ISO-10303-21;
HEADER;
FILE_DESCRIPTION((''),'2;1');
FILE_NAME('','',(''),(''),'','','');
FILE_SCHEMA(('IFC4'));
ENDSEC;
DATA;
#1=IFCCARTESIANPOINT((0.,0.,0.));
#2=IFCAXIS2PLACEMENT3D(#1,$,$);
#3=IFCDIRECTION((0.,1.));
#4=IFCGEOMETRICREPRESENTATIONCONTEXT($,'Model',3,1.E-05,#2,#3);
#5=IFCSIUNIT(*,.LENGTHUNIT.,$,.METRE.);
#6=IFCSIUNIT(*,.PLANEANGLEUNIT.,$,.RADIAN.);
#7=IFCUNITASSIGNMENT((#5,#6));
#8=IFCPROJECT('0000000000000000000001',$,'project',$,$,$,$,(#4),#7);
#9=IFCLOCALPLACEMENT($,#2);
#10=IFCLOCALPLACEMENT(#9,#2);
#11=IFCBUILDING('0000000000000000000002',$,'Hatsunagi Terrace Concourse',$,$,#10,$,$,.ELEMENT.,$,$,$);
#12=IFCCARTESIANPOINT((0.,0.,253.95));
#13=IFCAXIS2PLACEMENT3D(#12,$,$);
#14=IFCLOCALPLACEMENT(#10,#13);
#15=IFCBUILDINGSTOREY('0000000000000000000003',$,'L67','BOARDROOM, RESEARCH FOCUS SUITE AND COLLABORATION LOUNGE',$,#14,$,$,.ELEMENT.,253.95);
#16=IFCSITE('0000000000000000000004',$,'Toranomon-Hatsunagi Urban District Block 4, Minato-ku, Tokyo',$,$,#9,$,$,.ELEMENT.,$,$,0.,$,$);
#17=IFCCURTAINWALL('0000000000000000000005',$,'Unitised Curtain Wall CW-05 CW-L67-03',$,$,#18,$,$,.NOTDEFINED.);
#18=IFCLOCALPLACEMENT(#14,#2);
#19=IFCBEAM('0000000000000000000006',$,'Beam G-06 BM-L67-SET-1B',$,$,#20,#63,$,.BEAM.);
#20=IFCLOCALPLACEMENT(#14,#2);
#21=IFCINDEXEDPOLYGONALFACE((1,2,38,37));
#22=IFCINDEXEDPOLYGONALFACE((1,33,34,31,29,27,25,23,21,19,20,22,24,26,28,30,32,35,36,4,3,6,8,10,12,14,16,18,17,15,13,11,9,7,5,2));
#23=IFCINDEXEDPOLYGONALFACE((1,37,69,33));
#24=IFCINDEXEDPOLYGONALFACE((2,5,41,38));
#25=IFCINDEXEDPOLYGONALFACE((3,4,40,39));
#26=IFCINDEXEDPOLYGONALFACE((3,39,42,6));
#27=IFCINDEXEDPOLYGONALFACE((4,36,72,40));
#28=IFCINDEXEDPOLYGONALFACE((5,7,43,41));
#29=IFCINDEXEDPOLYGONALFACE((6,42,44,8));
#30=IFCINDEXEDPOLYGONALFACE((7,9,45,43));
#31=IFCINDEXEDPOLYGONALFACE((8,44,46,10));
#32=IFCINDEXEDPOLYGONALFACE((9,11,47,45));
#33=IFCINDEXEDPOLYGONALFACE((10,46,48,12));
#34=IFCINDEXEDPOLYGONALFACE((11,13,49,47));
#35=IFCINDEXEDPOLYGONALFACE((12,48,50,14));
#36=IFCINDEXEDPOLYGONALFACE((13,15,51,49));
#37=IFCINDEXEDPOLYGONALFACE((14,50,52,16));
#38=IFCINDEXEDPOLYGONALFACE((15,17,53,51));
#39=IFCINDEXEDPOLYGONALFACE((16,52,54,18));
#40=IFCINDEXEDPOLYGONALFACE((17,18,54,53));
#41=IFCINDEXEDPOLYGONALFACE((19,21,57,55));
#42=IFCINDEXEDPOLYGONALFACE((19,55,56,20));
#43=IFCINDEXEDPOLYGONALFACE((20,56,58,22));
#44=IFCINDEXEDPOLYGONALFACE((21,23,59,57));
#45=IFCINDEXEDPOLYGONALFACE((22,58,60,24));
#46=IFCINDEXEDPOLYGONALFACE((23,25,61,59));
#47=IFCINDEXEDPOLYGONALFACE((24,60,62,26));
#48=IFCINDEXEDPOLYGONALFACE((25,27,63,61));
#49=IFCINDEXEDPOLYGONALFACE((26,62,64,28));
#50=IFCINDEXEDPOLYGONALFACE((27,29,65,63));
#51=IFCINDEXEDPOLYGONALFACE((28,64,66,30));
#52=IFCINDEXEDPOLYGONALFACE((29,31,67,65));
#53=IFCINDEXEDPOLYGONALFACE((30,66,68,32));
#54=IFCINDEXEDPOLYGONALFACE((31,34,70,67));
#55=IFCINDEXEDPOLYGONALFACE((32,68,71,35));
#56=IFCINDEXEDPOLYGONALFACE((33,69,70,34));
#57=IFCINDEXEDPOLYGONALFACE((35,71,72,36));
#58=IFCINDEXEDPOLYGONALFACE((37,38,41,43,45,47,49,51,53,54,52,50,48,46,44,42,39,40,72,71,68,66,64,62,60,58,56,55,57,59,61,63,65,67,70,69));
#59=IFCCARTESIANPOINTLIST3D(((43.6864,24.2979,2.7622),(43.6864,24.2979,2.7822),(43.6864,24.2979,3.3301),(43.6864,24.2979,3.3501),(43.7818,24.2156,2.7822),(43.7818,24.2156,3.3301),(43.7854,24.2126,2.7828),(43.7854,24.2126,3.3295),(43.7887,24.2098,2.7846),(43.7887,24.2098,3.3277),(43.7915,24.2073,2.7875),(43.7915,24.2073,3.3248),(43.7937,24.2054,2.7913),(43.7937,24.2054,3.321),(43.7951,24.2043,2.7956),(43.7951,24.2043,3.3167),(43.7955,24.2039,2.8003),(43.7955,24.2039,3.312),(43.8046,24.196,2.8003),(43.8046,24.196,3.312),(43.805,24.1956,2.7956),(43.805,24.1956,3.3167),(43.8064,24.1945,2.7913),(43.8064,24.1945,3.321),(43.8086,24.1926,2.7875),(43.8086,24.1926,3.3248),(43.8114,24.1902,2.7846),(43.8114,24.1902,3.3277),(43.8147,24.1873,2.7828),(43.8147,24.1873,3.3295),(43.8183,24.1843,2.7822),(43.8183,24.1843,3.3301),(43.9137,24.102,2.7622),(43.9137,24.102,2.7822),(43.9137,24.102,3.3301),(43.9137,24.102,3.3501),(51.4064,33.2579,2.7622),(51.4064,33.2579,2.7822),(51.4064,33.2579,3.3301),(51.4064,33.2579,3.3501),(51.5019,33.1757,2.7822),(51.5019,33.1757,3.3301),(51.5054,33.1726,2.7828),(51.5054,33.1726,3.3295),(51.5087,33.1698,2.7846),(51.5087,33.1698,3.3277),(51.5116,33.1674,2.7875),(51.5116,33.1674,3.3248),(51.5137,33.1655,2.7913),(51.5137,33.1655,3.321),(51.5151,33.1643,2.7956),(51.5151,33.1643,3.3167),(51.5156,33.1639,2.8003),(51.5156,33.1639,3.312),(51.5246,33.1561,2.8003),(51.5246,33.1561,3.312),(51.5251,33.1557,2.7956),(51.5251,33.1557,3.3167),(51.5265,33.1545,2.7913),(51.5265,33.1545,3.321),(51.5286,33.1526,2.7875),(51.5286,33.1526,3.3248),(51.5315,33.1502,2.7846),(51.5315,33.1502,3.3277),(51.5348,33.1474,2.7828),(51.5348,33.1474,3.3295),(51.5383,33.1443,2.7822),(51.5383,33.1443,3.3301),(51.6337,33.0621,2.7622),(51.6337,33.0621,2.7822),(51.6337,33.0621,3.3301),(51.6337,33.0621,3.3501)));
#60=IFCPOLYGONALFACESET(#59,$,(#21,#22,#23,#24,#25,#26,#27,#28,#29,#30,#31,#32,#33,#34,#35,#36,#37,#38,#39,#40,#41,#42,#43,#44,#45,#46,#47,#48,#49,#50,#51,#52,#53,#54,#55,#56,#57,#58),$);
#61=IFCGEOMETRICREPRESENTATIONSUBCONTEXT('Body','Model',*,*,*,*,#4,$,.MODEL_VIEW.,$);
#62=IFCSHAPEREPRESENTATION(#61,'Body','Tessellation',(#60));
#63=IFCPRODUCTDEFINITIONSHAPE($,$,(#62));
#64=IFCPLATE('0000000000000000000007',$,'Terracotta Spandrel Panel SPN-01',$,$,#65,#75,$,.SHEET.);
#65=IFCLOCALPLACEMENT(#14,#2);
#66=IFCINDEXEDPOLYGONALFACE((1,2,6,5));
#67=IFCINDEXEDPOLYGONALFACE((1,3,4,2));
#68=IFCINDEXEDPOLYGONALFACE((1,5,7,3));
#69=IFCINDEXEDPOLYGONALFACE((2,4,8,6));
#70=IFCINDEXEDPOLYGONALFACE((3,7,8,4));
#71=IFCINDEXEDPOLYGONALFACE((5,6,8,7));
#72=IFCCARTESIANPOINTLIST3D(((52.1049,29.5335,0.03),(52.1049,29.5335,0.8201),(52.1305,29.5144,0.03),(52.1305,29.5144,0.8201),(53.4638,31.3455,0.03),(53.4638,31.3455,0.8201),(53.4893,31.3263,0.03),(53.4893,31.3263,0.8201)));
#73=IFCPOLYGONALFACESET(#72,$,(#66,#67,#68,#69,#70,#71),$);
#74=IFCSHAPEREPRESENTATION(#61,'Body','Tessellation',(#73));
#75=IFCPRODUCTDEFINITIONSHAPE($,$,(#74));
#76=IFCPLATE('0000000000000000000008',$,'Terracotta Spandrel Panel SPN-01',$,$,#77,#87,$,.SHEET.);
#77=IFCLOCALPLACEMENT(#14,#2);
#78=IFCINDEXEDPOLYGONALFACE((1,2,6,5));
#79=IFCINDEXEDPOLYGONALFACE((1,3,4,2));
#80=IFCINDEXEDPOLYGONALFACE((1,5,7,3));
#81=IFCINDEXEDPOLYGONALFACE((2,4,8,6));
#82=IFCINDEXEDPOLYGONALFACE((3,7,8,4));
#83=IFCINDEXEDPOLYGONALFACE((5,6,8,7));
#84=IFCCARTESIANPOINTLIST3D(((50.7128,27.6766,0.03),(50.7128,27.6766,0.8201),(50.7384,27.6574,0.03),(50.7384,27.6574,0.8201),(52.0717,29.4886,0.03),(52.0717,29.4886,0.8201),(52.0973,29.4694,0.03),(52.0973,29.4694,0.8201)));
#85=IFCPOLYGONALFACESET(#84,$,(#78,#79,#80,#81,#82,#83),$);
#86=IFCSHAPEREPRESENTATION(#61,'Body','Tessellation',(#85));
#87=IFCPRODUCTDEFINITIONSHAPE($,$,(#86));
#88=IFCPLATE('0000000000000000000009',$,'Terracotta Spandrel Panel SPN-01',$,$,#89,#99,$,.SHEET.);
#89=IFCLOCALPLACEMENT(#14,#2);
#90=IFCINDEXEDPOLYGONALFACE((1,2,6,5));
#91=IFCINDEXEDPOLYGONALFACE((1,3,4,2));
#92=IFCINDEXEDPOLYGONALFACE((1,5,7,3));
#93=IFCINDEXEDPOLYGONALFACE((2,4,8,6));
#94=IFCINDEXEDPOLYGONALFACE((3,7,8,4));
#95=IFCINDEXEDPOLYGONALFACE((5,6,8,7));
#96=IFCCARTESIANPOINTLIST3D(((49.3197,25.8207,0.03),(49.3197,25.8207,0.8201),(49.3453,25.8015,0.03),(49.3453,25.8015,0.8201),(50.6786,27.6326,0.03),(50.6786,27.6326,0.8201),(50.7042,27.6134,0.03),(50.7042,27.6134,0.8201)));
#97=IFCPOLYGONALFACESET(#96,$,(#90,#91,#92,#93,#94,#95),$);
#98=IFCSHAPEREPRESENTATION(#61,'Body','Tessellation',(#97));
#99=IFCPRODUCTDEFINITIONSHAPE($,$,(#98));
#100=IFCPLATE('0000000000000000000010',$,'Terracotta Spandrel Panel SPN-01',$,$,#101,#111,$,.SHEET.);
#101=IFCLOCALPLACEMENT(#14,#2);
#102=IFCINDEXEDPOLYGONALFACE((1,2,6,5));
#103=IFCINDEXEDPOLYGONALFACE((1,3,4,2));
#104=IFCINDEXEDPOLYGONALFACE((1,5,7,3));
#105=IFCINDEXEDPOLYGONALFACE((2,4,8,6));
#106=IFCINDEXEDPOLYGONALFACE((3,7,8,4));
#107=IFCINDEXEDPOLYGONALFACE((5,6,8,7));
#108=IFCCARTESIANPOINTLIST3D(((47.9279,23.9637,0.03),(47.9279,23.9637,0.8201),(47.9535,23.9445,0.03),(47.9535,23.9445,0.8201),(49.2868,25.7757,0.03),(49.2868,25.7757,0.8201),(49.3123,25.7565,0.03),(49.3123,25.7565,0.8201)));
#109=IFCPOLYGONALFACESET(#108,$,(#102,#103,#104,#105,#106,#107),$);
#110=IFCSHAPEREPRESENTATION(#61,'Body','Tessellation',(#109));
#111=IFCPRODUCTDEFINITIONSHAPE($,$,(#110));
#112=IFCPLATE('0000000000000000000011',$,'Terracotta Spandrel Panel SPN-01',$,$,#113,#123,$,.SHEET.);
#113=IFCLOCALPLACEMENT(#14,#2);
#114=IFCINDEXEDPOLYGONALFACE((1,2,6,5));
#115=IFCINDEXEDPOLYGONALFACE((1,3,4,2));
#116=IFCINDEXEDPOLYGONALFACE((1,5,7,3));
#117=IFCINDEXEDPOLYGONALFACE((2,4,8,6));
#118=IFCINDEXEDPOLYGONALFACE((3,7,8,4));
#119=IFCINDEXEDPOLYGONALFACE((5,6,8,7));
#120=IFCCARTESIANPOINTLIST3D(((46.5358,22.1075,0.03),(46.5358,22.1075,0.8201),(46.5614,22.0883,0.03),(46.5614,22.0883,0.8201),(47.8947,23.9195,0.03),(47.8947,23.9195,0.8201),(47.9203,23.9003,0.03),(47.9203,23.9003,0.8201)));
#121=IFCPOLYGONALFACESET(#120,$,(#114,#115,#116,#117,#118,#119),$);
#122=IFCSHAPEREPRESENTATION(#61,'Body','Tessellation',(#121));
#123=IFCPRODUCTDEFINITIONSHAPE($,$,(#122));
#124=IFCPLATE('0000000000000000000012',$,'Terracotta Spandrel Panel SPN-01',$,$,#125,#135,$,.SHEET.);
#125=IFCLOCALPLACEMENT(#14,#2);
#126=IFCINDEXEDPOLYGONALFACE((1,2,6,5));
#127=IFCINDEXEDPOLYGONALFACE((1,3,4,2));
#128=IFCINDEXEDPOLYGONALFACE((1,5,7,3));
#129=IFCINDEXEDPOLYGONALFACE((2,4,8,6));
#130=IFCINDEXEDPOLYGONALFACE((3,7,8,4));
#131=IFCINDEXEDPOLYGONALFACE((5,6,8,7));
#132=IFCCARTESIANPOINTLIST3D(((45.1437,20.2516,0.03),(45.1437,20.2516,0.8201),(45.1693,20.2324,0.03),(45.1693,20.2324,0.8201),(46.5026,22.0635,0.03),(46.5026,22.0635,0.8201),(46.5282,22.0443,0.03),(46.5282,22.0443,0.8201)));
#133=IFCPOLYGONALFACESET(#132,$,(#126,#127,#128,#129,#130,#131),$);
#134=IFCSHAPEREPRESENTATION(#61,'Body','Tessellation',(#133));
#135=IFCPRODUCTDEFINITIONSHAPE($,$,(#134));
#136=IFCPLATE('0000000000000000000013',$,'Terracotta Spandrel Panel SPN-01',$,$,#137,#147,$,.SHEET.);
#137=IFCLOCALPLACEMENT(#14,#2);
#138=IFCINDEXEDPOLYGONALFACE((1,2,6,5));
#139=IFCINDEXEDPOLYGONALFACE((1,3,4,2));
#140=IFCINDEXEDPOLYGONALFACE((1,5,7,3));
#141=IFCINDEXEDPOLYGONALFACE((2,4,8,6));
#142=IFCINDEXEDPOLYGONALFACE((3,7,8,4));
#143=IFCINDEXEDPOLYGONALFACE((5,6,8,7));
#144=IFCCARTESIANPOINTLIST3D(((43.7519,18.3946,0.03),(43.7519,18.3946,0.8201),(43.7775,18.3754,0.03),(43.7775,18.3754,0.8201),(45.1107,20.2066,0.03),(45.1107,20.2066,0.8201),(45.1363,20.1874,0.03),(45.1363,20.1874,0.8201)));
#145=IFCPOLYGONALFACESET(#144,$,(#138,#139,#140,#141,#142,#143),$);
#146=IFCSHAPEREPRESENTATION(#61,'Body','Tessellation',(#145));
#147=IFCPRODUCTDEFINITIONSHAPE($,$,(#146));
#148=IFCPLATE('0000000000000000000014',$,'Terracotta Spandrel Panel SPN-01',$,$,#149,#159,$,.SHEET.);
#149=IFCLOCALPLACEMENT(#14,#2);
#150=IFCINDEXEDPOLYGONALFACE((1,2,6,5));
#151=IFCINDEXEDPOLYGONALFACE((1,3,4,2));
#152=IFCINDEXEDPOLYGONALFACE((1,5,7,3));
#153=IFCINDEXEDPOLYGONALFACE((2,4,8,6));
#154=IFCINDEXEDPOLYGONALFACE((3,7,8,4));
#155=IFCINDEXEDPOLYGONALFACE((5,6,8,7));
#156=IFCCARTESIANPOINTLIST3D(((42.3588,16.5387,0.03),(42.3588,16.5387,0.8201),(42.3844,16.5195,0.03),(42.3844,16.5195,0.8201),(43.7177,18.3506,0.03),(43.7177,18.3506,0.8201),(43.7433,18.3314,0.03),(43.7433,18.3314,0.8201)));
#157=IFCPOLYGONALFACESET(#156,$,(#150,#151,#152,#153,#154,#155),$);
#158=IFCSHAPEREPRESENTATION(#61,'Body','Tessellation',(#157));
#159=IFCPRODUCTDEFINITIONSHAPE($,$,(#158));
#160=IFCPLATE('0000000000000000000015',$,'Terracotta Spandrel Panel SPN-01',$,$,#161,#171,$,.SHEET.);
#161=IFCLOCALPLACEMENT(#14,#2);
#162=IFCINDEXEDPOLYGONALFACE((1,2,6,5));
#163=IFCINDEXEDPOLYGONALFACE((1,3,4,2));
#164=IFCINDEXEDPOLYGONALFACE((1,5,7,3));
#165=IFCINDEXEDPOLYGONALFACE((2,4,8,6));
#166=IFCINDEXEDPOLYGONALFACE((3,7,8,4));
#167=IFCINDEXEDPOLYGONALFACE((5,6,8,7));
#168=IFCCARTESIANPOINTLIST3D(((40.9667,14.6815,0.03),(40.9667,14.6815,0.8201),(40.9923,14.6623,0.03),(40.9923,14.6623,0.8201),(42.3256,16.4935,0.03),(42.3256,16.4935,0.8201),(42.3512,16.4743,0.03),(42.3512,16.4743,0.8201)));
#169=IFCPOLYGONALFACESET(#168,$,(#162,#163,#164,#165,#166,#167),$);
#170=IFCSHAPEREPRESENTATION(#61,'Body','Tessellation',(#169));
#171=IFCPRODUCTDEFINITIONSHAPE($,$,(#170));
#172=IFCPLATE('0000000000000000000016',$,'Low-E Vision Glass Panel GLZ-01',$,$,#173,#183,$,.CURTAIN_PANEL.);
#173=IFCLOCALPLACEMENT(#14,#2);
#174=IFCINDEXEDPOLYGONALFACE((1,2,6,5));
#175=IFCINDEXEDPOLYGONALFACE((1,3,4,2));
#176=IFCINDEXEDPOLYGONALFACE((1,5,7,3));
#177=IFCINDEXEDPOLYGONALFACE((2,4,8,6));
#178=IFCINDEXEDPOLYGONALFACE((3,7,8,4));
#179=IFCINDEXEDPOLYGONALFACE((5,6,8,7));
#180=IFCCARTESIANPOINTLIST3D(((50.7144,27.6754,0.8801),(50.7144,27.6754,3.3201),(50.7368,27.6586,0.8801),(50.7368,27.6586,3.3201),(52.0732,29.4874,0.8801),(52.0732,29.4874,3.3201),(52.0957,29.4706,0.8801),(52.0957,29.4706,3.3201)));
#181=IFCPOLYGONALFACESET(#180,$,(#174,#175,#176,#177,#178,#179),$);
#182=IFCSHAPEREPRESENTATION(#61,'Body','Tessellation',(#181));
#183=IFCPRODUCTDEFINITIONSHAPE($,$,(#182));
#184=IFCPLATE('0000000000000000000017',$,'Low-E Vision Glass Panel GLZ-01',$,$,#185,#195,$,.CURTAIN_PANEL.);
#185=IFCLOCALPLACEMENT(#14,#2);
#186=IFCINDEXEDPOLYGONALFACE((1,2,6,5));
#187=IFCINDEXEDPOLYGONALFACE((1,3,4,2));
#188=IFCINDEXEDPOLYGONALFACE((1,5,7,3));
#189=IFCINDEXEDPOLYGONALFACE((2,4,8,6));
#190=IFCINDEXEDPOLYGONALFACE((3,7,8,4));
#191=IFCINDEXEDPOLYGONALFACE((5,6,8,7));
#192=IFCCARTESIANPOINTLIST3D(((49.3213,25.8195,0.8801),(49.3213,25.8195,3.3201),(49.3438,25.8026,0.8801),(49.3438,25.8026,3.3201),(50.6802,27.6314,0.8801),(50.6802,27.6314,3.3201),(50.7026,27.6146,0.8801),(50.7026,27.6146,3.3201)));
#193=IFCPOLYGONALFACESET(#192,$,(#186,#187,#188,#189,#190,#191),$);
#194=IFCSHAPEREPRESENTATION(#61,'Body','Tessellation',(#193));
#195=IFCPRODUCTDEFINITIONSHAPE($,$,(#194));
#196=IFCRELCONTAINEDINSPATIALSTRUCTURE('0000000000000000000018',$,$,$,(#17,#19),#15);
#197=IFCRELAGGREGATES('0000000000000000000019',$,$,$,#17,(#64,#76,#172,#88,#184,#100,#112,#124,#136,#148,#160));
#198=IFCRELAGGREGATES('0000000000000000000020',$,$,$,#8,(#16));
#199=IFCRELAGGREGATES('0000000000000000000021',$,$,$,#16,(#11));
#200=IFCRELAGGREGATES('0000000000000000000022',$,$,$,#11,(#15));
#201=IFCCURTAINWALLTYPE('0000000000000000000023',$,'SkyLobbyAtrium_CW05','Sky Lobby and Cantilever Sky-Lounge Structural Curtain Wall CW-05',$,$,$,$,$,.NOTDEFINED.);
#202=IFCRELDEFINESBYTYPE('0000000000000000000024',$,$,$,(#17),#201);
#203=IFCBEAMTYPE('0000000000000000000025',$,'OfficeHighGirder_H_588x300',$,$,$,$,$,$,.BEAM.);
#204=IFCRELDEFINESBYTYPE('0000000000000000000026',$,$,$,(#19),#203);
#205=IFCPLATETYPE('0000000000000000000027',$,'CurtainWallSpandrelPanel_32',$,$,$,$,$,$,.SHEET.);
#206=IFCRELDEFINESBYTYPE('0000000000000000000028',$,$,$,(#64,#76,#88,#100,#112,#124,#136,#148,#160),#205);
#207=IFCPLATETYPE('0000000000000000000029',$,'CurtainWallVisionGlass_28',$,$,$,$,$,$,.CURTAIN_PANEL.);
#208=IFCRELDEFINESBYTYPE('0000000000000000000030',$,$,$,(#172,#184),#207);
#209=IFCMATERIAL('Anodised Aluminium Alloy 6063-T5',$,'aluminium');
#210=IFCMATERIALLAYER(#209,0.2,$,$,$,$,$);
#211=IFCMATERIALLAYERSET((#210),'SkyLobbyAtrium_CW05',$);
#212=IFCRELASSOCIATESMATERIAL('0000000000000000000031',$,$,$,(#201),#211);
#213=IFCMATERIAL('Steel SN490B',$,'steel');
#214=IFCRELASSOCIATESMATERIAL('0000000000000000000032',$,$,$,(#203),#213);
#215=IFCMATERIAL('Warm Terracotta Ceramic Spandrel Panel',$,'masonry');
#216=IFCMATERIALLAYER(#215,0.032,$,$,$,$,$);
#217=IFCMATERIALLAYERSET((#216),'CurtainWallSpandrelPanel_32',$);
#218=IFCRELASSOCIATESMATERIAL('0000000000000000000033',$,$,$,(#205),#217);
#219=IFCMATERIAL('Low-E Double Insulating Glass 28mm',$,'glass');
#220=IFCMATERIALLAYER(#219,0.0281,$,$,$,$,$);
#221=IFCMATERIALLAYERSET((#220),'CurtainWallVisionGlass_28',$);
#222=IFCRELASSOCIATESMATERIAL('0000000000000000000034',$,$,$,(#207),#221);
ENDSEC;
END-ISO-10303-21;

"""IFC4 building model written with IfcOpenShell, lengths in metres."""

from ifc_helpers import new_model, si_unit, direction, frame, origin, origin_2d, place, context, subcontext, project, spatial, rectangle, i_section, extrude, material, layer, layer_set, material_profile, profile_set, type_object, element, aggregate, save


model = new_model("IFC4")

# Units and contexts
model_context = context("Model", 3, precision=1e-05, world=origin(), true_north=direction((0.0, 1.0)))
body_context = subcontext(model_context, "Body", "Model", "MODEL_VIEW")
ifc_project = project(units=[si_unit("LENGTHUNIT", "METRE"), si_unit("PLANEANGLEUNIT", "RADIAN")], contexts=[model_context])

# Site, building, storey
site_placement = place(None, origin())
site = spatial("IfcSite", under=ifc_project, at=site_placement, Name="Toranomon-Hatsunagi Urban District Block 4, Minato-ku, Tokyo", CompositionType="ELEMENT", RefElevation=0.0)
building_placement = place(site_placement, origin())
building = spatial("IfcBuilding", under=site, at=building_placement, Name="Hatsunagi Terrace Concourse", CompositionType="ELEMENT")
storey_placement = place(building_placement, frame((0.0, 0.0, 253.95)))
storey = spatial("IfcBuildingStorey", under=building, at=storey_placement, Name="L67", Description="BOARDROOM, RESEARCH FOCUS SUITE AND COLLABORATION LOUNGE", CompositionType="ELEMENT", Elevation=253.95)

# Curtain wall
ifc_material_1 = material(Name="Anodised Aluminium Alloy 6063-T5", Category="aluminium")
ifc_layer_1 = layer(ifc_material_1, 0.2)
ifc_layer_set_1 = layer_set([ifc_layer_1], Name="SkyLobbyAtrium_CW05")
curtain_wall_type = type_object("IfcCurtainWallType", Name="SkyLobbyAtrium_CW05", Description="Sky Lobby and Cantilever Sky-Lounge Structural Curtain Wall CW-05", PredefinedType="NOTDEFINED", material=ifc_layer_set_1)
curtain_wall_placement = place(storey_placement, origin())
curtain_wall = element("IfcCurtainWall", 1, at=curtain_wall_placement, inside=storey, type_object=curtain_wall_type, Name="Unitised Curtain Wall CW-05 CW-L67-03", PredefinedType="NOTDEFINED")

# Beam
ifc_material_2 = material(Name="Steel SN490B", Category="steel")
ifc_material_profile_1 = material_profile(ifc_material_2, i_section(OverallWidth=0.3, OverallDepth=0.5879, WebThickness=0.012, FlangeThickness=0.02, FilletRadius=0.0181, at=origin_2d()), Name="H-588x300x12x20")
ifc_profile_set_1 = profile_set([ifc_material_profile_1], Name="Steel SN490B")
beam_type = type_object("IfcBeamType", Name="OfficeHighGirder_H_588x300", PredefinedType="BEAM", material=ifc_profile_set_1)
beam_placement = place(storey_placement, frame((43.8, 24.2, 3.0562), z_axis=(0.652739, 0.757583, 0.0), x_axis=(-0.757583, 0.652739, 0.0)))
element("IfcBeam", 2, at=beam_placement, inside=storey, type_object=beam_type, Name="Beam G-06 BM-L67-SET-1B", PredefinedType="BEAM", context=body_context, shape_type="SweptSolid", body=[
    extrude(i_section(OverallWidth=0.3, OverallDepth=0.5879, WebThickness=0.012, FlangeThickness=0.02, FilletRadius=0.0181, at=origin_2d()), origin(), (0.0, 0.0, 1.0), 11.8271),
])

# Plates
ifc_material_3 = material(Name="Warm Terracotta Ceramic Spandrel Panel", Category="masonry")
ifc_layer_2 = layer(ifc_material_3, 0.032)
ifc_layer_set_2 = layer_set([ifc_layer_2], Name="CurtainWallSpandrelPanel_32")
plate_type_1 = type_object("IfcPlateType", Name="CurtainWallSpandrelPanel_32", PredefinedType="SHEET", material=ifc_layer_set_2)
plate_1_placement = place(storey_placement, frame((52.7971, 30.4299, 0.03), z_axis=(0.0, 0.0, 1.0), x_axis=(-0.599969, -0.800023, 0.0)))
plate_1 = element("IfcPlate", 3, at=plate_1_placement, type_object=plate_type_1, Name="Terracotta Spandrel Panel SPN-01", PredefinedType="SHEET", context=body_context, shape_type="SweptSolid", body=[
    extrude(rectangle(XDim=2.2649, YDim=0.032, at=origin_2d()), origin(), (0.0, 0.0, 1.0), 0.79),
])
plate_2_placement = place(storey_placement, frame((51.405, 28.573, 0.03), z_axis=(0.0, 0.0, 1.0), x_axis=(-0.599969, -0.800023, 0.0)))
plate_2 = element("IfcPlate", 4, at=plate_2_placement, type_object=plate_type_1, Name="Terracotta Spandrel Panel SPN-01", PredefinedType="SHEET", context=body_context, shape_type="SweptSolid", body=[
    extrude(rectangle(XDim=2.2649, YDim=0.032, at=origin_2d()), origin(), (0.0, 0.0, 1.0), 0.79),
])
plate_3_placement = place(storey_placement, frame((50.012, 26.717, 0.03), z_axis=(0.0, 0.0, 1.0), x_axis=(-0.599969, -0.800023, 0.0)))
plate_3 = element("IfcPlate", 5, at=plate_3_placement, type_object=plate_type_1, Name="Terracotta Spandrel Panel SPN-01", PredefinedType="SHEET", context=body_context, shape_type="SweptSolid", body=[
    extrude(rectangle(XDim=2.2649, YDim=0.032, at=origin_2d()), origin(), (0.0, 0.0, 1.0), 0.79),
])
plate_4_placement = place(storey_placement, frame((48.6201, 24.8601, 0.03), z_axis=(0.0, 0.0, 1.0), x_axis=(-0.599969, -0.800023, 0.0)))
plate_4 = element("IfcPlate", 6, at=plate_4_placement, type_object=plate_type_1, Name="Terracotta Spandrel Panel SPN-01", PredefinedType="SHEET", context=body_context, shape_type="SweptSolid", body=[
    extrude(rectangle(XDim=2.2649, YDim=0.032, at=origin_2d()), origin(), (0.0, 0.0, 1.0), 0.79),
])
plate_5_placement = place(storey_placement, frame((47.228, 23.0039, 0.03), z_axis=(0.0, 0.0, 1.0), x_axis=(-0.599969, -0.800023, 0.0)))
plate_5 = element("IfcPlate", 7, at=plate_5_placement, type_object=plate_type_1, Name="Terracotta Spandrel Panel SPN-01", PredefinedType="SHEET", context=body_context, shape_type="SweptSolid", body=[
    extrude(rectangle(XDim=2.2649, YDim=0.032, at=origin_2d()), origin(), (0.0, 0.0, 1.0), 0.79),
])
plate_6_placement = place(storey_placement, frame((45.8359, 21.1479, 0.03), z_axis=(0.0, 0.0, 1.0), x_axis=(-0.599969, -0.800023, 0.0)))
plate_6 = element("IfcPlate", 8, at=plate_6_placement, type_object=plate_type_1, Name="Terracotta Spandrel Panel SPN-01", PredefinedType="SHEET", context=body_context, shape_type="SweptSolid", body=[
    extrude(rectangle(XDim=2.2649, YDim=0.032, at=origin_2d()), origin(), (0.0, 0.0, 1.0), 0.79),
])
plate_7_placement = place(storey_placement, frame((44.4441, 19.291, 0.03), z_axis=(0.0, 0.0, 1.0), x_axis=(-0.599969, -0.800023, 0.0)))
plate_7 = element("IfcPlate", 9, at=plate_7_placement, type_object=plate_type_1, Name="Terracotta Spandrel Panel SPN-01", PredefinedType="SHEET", context=body_context, shape_type="SweptSolid", body=[
    extrude(rectangle(XDim=2.2649, YDim=0.032, at=origin_2d()), origin(), (0.0, 0.0, 1.0), 0.79),
])
plate_8_placement = place(storey_placement, frame((43.051, 17.4351, 0.03), z_axis=(0.0, 0.0, 1.0), x_axis=(-0.599969, -0.800023, 0.0)))
plate_8 = element("IfcPlate", 10, at=plate_8_placement, type_object=plate_type_1, Name="Terracotta Spandrel Panel SPN-01", PredefinedType="SHEET", context=body_context, shape_type="SweptSolid", body=[
    extrude(rectangle(XDim=2.2649, YDim=0.032, at=origin_2d()), origin(), (0.0, 0.0, 1.0), 0.79),
])
plate_9_placement = place(storey_placement, frame((41.6589, 15.5779, 0.03), z_axis=(0.0, 0.0, 1.0), x_axis=(-0.599969, -0.800023, 0.0)))
plate_9 = element("IfcPlate", 11, at=plate_9_placement, type_object=plate_type_1, Name="Terracotta Spandrel Panel SPN-01", PredefinedType="SHEET", context=body_context, shape_type="SweptSolid", body=[
    extrude(rectangle(XDim=2.2649, YDim=0.032, at=origin_2d()), origin(), (0.0, 0.0, 1.0), 0.79),
])
ifc_material_4 = material(Name="Low-E Double Insulating Glass 28mm", Category="glass")
ifc_layer_3 = layer(ifc_material_4, 0.0281)
ifc_layer_set_3 = layer_set([ifc_layer_3], Name="CurtainWallVisionGlass_28")
plate_type_2 = type_object("IfcPlateType", Name="CurtainWallVisionGlass_28", PredefinedType="CURTAIN_PANEL", material=ifc_layer_set_3)
plate_10_placement = place(storey_placement, frame((51.405, 28.573, 0.8801), z_axis=(0.0, 0.0, 1.0), x_axis=(-0.599969, -0.800023, 0.0)))
plate_10 = element("IfcPlate", 12, at=plate_10_placement, type_object=plate_type_2, Name="Low-E Vision Glass Panel GLZ-01", PredefinedType="CURTAIN_PANEL", context=body_context, shape_type="SweptSolid", body=[
    extrude(rectangle(XDim=2.2649, YDim=0.0281, at=origin_2d()), origin(), (0.0, 0.0, 1.0), 2.4399),
])
plate_11_placement = place(storey_placement, frame((50.012, 26.717, 0.8801), z_axis=(0.0, 0.0, 1.0), x_axis=(-0.599969, -0.800023, 0.0)))
plate_11 = element("IfcPlate", 13, at=plate_11_placement, type_object=plate_type_2, Name="Low-E Vision Glass Panel GLZ-01", PredefinedType="CURTAIN_PANEL", context=body_context, shape_type="SweptSolid", body=[
    extrude(rectangle(XDim=2.2649, YDim=0.0281, at=origin_2d()), origin(), (0.0, 0.0, 1.0), 2.4399),
])
aggregate(curtain_wall, [plate_1, plate_2, plate_10, plate_3, plate_11, plate_4, plate_5, plate_6, plate_7, plate_8, plate_9])

save(model, "model.ifc")
